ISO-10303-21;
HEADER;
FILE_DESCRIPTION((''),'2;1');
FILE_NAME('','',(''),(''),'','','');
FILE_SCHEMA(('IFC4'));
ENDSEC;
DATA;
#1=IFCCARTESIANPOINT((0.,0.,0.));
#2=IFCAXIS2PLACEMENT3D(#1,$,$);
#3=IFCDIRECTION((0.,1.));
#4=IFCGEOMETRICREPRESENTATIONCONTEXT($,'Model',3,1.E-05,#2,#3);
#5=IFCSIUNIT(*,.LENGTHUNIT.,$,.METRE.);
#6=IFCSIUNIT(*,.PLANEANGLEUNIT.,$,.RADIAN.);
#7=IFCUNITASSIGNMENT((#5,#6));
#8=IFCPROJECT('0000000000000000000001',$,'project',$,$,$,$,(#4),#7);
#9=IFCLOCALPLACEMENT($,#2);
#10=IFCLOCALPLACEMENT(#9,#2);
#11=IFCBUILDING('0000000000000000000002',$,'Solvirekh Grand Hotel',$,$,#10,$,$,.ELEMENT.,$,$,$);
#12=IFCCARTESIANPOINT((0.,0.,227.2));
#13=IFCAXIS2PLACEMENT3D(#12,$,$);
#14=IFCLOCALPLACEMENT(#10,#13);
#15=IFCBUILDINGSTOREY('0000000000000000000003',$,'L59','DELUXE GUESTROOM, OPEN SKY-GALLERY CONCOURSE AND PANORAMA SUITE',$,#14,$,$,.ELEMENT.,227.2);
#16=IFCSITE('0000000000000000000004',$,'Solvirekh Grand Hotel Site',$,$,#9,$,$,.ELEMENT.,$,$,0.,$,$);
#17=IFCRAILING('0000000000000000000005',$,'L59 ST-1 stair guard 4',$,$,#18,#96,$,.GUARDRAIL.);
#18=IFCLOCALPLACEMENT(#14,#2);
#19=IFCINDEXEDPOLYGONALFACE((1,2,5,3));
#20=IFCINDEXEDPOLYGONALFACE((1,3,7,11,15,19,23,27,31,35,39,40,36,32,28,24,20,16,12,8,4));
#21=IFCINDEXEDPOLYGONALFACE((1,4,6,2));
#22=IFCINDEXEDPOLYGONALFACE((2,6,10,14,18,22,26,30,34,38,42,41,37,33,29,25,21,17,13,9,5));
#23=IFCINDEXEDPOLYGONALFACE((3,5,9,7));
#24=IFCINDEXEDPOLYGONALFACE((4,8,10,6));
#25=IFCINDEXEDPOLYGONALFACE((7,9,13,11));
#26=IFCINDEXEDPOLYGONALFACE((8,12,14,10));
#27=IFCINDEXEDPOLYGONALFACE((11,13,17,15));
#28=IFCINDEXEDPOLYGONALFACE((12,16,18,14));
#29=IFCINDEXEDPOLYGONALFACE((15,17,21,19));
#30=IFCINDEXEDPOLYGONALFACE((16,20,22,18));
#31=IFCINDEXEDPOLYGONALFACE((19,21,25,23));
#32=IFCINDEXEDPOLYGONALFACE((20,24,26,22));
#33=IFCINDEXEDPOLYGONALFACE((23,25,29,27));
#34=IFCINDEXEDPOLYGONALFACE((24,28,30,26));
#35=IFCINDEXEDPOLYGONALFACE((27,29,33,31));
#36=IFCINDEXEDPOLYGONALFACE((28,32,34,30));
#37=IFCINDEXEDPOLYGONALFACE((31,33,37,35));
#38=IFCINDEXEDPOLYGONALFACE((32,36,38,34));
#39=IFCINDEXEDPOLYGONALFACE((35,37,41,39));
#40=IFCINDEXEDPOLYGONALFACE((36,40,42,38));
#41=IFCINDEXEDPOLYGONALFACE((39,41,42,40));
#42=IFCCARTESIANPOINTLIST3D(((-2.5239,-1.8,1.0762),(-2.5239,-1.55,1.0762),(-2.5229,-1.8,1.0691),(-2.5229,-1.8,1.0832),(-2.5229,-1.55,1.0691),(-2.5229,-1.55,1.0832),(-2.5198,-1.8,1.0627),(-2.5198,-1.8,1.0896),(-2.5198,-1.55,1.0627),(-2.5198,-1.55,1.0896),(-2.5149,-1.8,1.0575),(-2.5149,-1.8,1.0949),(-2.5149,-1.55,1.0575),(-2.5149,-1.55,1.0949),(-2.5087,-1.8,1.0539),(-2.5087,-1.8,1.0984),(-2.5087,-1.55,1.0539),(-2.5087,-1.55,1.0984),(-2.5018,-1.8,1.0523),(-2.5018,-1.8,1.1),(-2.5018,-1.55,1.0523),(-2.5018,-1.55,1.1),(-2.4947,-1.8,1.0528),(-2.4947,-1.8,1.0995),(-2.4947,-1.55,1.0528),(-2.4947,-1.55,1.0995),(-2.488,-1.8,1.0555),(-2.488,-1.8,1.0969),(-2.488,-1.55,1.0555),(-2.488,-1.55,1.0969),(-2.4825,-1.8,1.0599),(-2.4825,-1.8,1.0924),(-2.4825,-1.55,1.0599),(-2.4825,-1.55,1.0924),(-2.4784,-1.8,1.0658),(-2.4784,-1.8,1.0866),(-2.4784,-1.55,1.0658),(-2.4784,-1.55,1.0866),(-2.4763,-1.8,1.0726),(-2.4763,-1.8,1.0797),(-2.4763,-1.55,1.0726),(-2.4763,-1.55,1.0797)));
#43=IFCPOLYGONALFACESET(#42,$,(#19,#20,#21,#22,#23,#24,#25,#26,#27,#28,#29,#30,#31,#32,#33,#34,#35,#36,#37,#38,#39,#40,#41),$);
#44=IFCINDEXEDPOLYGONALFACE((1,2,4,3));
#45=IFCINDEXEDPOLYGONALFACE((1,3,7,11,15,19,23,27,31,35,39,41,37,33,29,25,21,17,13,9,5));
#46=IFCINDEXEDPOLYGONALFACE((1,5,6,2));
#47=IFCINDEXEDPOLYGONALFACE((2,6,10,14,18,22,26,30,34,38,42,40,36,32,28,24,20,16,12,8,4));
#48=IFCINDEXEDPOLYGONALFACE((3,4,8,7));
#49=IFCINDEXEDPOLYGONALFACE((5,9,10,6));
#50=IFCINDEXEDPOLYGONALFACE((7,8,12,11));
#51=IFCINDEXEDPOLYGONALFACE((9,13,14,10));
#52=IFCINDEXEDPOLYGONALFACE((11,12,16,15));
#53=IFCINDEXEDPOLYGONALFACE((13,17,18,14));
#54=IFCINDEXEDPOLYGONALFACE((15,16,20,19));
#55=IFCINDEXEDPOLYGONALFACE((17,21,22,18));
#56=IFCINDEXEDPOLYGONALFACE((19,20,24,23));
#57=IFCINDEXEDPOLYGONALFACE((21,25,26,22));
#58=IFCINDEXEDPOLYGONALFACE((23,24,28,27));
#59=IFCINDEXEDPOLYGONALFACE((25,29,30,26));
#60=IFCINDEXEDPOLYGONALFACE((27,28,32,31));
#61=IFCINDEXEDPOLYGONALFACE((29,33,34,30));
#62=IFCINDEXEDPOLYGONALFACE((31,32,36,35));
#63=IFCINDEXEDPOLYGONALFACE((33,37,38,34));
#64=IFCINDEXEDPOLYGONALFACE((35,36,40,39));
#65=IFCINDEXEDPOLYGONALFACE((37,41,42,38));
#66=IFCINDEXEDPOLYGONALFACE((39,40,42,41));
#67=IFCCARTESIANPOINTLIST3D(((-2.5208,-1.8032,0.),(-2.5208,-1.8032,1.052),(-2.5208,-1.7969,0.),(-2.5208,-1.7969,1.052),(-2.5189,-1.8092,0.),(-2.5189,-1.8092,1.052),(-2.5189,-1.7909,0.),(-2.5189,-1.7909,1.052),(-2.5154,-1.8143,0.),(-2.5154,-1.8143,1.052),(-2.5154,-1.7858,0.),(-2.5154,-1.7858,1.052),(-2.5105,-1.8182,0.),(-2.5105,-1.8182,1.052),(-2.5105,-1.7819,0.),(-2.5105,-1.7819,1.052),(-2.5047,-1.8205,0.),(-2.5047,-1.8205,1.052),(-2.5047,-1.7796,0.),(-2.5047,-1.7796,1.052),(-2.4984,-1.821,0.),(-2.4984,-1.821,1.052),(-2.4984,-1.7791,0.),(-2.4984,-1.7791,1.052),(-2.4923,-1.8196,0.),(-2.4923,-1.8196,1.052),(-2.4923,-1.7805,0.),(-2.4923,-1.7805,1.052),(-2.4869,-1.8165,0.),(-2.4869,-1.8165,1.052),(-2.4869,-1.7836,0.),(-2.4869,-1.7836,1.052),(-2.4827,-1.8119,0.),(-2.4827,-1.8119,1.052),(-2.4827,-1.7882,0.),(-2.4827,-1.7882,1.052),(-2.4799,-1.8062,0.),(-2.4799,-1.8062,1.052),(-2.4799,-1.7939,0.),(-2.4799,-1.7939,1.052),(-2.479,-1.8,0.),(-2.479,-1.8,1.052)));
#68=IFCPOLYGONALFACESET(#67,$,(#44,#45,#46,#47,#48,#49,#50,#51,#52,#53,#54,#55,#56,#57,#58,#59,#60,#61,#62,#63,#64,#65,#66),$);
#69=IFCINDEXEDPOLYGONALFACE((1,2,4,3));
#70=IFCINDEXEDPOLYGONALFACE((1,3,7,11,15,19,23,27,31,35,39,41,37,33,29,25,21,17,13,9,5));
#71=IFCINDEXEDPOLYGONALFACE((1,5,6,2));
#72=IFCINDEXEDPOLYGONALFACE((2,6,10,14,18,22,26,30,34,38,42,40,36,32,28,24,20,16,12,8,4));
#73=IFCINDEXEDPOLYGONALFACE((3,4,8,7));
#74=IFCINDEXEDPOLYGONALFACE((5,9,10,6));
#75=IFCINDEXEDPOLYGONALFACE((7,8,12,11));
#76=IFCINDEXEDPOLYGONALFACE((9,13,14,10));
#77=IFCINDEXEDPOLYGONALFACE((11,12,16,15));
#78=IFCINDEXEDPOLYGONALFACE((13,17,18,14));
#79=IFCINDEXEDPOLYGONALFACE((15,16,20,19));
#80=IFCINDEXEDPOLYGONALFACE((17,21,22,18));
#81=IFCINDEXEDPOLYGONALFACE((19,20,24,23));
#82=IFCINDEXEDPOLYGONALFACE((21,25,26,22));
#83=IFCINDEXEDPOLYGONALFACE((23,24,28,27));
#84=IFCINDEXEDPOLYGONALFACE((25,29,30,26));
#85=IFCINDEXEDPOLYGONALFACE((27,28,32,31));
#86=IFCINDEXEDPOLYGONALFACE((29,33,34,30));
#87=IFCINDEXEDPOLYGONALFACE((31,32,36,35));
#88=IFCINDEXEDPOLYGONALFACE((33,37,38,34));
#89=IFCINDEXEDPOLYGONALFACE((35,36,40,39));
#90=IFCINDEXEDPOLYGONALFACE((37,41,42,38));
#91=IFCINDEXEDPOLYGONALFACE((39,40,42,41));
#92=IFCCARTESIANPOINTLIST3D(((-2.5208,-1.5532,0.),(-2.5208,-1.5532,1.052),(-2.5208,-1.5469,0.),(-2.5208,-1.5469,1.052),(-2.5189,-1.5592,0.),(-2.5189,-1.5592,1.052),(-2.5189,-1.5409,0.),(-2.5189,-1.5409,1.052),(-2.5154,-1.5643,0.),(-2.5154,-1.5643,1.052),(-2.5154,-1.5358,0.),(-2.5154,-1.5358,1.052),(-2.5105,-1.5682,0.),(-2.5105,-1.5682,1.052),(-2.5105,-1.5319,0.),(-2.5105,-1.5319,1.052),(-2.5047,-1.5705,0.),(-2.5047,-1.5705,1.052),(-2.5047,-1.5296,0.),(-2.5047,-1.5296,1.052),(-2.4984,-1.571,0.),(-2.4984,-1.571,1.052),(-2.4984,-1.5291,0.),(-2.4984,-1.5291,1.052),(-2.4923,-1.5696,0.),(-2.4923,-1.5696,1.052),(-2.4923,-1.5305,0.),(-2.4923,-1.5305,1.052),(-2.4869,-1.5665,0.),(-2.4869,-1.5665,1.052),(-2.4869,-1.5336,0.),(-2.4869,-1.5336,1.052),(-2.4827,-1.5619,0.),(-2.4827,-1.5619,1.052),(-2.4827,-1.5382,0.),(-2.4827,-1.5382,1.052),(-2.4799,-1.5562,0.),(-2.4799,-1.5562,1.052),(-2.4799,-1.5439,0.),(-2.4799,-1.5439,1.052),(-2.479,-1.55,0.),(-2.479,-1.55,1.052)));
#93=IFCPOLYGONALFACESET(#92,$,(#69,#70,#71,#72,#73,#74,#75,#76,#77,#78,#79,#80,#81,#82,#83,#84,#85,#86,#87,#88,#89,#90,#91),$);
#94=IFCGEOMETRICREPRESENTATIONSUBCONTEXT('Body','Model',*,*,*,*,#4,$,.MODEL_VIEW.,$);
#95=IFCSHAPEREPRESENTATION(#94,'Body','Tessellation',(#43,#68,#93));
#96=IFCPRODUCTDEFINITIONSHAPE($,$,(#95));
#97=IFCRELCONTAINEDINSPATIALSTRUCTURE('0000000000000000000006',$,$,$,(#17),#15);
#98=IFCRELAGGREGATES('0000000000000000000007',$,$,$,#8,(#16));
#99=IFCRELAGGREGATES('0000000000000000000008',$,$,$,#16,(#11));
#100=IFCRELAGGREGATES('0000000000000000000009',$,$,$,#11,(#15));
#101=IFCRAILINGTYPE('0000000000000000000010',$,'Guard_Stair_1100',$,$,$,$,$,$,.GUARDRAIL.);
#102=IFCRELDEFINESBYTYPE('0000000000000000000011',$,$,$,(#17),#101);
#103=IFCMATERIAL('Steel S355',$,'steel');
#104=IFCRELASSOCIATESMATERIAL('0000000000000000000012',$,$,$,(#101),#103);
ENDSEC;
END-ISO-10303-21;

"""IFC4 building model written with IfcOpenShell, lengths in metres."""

from ifc_helpers import new_model, si_unit, direction, frame, origin, origin_2d, place, context, subcontext, project, spatial, circle, extrude, material, type_object, element, save


model = new_model("IFC4")

# Units and contexts
model_context = context("Model", 3, precision=1e-05, world=origin(), true_north=direction((0.0, 1.0)))
body_context = subcontext(model_context, "Body", "Model", "MODEL_VIEW")
ifc_project = project(units=[si_unit("LENGTHUNIT", "METRE"), si_unit("PLANEANGLEUNIT", "RADIAN")], contexts=[model_context])

# Site, building, storey
site_placement = place(None, origin())
site = spatial("IfcSite", under=ifc_project, at=site_placement, Name="Solvirekh Grand Hotel Site", CompositionType="ELEMENT", RefElevation=0.0)
building_placement = place(site_placement, origin())
building = spatial("IfcBuilding", under=site, at=building_placement, Name="Solvirekh Grand Hotel", CompositionType="ELEMENT")
storey_placement = place(building_placement, frame((0.0, 0.0, 227.2)))
storey = spatial("IfcBuildingStorey", under=building, at=storey_placement, Name="L59", Description="DELUXE GUESTROOM, OPEN SKY-GALLERY CONCOURSE AND PANORAMA SUITE", CompositionType="ELEMENT", Elevation=227.2)

# Shared definitions
ifc_material_1 = material(Name="Steel S355", Category="steel")

# Railing
railing_type_1 = type_object("IfcRailingType", Name="Guard_Stair_1100", PredefinedType="GUARDRAIL", material=ifc_material_1)
railing_1_placement = place(storey_placement, frame((-2.5, -1.8, 0.0)))
element("IfcRailing", 1, at=railing_1_placement, inside=storey, type_object=railing_type_1, Name="L59 ST-1 stair guard 4", PredefinedType="GUARDRAIL", context=body_context, shape_type="SweptSolid", body=[
    extrude(circle(Radius=0.0239, at=origin_2d()), frame((0.0, 0.0, 1.0762), z_axis=(0.0, 1.0, 0.0), x_axis=(-1.0, 0.0, 0.0)), (0.0, 0.0, 1.0), 0.25),
    extrude(circle(Radius=0.021, at=origin_2d()), origin(), (0.0, 0.0, 1.0), 1.052),
    extrude(circle(Radius=0.021, at=origin_2d()), frame((0.0, 0.25, 0.0)), (0.0, 0.0, 1.0), 1.052),
])

save(model, "model.ifc")
